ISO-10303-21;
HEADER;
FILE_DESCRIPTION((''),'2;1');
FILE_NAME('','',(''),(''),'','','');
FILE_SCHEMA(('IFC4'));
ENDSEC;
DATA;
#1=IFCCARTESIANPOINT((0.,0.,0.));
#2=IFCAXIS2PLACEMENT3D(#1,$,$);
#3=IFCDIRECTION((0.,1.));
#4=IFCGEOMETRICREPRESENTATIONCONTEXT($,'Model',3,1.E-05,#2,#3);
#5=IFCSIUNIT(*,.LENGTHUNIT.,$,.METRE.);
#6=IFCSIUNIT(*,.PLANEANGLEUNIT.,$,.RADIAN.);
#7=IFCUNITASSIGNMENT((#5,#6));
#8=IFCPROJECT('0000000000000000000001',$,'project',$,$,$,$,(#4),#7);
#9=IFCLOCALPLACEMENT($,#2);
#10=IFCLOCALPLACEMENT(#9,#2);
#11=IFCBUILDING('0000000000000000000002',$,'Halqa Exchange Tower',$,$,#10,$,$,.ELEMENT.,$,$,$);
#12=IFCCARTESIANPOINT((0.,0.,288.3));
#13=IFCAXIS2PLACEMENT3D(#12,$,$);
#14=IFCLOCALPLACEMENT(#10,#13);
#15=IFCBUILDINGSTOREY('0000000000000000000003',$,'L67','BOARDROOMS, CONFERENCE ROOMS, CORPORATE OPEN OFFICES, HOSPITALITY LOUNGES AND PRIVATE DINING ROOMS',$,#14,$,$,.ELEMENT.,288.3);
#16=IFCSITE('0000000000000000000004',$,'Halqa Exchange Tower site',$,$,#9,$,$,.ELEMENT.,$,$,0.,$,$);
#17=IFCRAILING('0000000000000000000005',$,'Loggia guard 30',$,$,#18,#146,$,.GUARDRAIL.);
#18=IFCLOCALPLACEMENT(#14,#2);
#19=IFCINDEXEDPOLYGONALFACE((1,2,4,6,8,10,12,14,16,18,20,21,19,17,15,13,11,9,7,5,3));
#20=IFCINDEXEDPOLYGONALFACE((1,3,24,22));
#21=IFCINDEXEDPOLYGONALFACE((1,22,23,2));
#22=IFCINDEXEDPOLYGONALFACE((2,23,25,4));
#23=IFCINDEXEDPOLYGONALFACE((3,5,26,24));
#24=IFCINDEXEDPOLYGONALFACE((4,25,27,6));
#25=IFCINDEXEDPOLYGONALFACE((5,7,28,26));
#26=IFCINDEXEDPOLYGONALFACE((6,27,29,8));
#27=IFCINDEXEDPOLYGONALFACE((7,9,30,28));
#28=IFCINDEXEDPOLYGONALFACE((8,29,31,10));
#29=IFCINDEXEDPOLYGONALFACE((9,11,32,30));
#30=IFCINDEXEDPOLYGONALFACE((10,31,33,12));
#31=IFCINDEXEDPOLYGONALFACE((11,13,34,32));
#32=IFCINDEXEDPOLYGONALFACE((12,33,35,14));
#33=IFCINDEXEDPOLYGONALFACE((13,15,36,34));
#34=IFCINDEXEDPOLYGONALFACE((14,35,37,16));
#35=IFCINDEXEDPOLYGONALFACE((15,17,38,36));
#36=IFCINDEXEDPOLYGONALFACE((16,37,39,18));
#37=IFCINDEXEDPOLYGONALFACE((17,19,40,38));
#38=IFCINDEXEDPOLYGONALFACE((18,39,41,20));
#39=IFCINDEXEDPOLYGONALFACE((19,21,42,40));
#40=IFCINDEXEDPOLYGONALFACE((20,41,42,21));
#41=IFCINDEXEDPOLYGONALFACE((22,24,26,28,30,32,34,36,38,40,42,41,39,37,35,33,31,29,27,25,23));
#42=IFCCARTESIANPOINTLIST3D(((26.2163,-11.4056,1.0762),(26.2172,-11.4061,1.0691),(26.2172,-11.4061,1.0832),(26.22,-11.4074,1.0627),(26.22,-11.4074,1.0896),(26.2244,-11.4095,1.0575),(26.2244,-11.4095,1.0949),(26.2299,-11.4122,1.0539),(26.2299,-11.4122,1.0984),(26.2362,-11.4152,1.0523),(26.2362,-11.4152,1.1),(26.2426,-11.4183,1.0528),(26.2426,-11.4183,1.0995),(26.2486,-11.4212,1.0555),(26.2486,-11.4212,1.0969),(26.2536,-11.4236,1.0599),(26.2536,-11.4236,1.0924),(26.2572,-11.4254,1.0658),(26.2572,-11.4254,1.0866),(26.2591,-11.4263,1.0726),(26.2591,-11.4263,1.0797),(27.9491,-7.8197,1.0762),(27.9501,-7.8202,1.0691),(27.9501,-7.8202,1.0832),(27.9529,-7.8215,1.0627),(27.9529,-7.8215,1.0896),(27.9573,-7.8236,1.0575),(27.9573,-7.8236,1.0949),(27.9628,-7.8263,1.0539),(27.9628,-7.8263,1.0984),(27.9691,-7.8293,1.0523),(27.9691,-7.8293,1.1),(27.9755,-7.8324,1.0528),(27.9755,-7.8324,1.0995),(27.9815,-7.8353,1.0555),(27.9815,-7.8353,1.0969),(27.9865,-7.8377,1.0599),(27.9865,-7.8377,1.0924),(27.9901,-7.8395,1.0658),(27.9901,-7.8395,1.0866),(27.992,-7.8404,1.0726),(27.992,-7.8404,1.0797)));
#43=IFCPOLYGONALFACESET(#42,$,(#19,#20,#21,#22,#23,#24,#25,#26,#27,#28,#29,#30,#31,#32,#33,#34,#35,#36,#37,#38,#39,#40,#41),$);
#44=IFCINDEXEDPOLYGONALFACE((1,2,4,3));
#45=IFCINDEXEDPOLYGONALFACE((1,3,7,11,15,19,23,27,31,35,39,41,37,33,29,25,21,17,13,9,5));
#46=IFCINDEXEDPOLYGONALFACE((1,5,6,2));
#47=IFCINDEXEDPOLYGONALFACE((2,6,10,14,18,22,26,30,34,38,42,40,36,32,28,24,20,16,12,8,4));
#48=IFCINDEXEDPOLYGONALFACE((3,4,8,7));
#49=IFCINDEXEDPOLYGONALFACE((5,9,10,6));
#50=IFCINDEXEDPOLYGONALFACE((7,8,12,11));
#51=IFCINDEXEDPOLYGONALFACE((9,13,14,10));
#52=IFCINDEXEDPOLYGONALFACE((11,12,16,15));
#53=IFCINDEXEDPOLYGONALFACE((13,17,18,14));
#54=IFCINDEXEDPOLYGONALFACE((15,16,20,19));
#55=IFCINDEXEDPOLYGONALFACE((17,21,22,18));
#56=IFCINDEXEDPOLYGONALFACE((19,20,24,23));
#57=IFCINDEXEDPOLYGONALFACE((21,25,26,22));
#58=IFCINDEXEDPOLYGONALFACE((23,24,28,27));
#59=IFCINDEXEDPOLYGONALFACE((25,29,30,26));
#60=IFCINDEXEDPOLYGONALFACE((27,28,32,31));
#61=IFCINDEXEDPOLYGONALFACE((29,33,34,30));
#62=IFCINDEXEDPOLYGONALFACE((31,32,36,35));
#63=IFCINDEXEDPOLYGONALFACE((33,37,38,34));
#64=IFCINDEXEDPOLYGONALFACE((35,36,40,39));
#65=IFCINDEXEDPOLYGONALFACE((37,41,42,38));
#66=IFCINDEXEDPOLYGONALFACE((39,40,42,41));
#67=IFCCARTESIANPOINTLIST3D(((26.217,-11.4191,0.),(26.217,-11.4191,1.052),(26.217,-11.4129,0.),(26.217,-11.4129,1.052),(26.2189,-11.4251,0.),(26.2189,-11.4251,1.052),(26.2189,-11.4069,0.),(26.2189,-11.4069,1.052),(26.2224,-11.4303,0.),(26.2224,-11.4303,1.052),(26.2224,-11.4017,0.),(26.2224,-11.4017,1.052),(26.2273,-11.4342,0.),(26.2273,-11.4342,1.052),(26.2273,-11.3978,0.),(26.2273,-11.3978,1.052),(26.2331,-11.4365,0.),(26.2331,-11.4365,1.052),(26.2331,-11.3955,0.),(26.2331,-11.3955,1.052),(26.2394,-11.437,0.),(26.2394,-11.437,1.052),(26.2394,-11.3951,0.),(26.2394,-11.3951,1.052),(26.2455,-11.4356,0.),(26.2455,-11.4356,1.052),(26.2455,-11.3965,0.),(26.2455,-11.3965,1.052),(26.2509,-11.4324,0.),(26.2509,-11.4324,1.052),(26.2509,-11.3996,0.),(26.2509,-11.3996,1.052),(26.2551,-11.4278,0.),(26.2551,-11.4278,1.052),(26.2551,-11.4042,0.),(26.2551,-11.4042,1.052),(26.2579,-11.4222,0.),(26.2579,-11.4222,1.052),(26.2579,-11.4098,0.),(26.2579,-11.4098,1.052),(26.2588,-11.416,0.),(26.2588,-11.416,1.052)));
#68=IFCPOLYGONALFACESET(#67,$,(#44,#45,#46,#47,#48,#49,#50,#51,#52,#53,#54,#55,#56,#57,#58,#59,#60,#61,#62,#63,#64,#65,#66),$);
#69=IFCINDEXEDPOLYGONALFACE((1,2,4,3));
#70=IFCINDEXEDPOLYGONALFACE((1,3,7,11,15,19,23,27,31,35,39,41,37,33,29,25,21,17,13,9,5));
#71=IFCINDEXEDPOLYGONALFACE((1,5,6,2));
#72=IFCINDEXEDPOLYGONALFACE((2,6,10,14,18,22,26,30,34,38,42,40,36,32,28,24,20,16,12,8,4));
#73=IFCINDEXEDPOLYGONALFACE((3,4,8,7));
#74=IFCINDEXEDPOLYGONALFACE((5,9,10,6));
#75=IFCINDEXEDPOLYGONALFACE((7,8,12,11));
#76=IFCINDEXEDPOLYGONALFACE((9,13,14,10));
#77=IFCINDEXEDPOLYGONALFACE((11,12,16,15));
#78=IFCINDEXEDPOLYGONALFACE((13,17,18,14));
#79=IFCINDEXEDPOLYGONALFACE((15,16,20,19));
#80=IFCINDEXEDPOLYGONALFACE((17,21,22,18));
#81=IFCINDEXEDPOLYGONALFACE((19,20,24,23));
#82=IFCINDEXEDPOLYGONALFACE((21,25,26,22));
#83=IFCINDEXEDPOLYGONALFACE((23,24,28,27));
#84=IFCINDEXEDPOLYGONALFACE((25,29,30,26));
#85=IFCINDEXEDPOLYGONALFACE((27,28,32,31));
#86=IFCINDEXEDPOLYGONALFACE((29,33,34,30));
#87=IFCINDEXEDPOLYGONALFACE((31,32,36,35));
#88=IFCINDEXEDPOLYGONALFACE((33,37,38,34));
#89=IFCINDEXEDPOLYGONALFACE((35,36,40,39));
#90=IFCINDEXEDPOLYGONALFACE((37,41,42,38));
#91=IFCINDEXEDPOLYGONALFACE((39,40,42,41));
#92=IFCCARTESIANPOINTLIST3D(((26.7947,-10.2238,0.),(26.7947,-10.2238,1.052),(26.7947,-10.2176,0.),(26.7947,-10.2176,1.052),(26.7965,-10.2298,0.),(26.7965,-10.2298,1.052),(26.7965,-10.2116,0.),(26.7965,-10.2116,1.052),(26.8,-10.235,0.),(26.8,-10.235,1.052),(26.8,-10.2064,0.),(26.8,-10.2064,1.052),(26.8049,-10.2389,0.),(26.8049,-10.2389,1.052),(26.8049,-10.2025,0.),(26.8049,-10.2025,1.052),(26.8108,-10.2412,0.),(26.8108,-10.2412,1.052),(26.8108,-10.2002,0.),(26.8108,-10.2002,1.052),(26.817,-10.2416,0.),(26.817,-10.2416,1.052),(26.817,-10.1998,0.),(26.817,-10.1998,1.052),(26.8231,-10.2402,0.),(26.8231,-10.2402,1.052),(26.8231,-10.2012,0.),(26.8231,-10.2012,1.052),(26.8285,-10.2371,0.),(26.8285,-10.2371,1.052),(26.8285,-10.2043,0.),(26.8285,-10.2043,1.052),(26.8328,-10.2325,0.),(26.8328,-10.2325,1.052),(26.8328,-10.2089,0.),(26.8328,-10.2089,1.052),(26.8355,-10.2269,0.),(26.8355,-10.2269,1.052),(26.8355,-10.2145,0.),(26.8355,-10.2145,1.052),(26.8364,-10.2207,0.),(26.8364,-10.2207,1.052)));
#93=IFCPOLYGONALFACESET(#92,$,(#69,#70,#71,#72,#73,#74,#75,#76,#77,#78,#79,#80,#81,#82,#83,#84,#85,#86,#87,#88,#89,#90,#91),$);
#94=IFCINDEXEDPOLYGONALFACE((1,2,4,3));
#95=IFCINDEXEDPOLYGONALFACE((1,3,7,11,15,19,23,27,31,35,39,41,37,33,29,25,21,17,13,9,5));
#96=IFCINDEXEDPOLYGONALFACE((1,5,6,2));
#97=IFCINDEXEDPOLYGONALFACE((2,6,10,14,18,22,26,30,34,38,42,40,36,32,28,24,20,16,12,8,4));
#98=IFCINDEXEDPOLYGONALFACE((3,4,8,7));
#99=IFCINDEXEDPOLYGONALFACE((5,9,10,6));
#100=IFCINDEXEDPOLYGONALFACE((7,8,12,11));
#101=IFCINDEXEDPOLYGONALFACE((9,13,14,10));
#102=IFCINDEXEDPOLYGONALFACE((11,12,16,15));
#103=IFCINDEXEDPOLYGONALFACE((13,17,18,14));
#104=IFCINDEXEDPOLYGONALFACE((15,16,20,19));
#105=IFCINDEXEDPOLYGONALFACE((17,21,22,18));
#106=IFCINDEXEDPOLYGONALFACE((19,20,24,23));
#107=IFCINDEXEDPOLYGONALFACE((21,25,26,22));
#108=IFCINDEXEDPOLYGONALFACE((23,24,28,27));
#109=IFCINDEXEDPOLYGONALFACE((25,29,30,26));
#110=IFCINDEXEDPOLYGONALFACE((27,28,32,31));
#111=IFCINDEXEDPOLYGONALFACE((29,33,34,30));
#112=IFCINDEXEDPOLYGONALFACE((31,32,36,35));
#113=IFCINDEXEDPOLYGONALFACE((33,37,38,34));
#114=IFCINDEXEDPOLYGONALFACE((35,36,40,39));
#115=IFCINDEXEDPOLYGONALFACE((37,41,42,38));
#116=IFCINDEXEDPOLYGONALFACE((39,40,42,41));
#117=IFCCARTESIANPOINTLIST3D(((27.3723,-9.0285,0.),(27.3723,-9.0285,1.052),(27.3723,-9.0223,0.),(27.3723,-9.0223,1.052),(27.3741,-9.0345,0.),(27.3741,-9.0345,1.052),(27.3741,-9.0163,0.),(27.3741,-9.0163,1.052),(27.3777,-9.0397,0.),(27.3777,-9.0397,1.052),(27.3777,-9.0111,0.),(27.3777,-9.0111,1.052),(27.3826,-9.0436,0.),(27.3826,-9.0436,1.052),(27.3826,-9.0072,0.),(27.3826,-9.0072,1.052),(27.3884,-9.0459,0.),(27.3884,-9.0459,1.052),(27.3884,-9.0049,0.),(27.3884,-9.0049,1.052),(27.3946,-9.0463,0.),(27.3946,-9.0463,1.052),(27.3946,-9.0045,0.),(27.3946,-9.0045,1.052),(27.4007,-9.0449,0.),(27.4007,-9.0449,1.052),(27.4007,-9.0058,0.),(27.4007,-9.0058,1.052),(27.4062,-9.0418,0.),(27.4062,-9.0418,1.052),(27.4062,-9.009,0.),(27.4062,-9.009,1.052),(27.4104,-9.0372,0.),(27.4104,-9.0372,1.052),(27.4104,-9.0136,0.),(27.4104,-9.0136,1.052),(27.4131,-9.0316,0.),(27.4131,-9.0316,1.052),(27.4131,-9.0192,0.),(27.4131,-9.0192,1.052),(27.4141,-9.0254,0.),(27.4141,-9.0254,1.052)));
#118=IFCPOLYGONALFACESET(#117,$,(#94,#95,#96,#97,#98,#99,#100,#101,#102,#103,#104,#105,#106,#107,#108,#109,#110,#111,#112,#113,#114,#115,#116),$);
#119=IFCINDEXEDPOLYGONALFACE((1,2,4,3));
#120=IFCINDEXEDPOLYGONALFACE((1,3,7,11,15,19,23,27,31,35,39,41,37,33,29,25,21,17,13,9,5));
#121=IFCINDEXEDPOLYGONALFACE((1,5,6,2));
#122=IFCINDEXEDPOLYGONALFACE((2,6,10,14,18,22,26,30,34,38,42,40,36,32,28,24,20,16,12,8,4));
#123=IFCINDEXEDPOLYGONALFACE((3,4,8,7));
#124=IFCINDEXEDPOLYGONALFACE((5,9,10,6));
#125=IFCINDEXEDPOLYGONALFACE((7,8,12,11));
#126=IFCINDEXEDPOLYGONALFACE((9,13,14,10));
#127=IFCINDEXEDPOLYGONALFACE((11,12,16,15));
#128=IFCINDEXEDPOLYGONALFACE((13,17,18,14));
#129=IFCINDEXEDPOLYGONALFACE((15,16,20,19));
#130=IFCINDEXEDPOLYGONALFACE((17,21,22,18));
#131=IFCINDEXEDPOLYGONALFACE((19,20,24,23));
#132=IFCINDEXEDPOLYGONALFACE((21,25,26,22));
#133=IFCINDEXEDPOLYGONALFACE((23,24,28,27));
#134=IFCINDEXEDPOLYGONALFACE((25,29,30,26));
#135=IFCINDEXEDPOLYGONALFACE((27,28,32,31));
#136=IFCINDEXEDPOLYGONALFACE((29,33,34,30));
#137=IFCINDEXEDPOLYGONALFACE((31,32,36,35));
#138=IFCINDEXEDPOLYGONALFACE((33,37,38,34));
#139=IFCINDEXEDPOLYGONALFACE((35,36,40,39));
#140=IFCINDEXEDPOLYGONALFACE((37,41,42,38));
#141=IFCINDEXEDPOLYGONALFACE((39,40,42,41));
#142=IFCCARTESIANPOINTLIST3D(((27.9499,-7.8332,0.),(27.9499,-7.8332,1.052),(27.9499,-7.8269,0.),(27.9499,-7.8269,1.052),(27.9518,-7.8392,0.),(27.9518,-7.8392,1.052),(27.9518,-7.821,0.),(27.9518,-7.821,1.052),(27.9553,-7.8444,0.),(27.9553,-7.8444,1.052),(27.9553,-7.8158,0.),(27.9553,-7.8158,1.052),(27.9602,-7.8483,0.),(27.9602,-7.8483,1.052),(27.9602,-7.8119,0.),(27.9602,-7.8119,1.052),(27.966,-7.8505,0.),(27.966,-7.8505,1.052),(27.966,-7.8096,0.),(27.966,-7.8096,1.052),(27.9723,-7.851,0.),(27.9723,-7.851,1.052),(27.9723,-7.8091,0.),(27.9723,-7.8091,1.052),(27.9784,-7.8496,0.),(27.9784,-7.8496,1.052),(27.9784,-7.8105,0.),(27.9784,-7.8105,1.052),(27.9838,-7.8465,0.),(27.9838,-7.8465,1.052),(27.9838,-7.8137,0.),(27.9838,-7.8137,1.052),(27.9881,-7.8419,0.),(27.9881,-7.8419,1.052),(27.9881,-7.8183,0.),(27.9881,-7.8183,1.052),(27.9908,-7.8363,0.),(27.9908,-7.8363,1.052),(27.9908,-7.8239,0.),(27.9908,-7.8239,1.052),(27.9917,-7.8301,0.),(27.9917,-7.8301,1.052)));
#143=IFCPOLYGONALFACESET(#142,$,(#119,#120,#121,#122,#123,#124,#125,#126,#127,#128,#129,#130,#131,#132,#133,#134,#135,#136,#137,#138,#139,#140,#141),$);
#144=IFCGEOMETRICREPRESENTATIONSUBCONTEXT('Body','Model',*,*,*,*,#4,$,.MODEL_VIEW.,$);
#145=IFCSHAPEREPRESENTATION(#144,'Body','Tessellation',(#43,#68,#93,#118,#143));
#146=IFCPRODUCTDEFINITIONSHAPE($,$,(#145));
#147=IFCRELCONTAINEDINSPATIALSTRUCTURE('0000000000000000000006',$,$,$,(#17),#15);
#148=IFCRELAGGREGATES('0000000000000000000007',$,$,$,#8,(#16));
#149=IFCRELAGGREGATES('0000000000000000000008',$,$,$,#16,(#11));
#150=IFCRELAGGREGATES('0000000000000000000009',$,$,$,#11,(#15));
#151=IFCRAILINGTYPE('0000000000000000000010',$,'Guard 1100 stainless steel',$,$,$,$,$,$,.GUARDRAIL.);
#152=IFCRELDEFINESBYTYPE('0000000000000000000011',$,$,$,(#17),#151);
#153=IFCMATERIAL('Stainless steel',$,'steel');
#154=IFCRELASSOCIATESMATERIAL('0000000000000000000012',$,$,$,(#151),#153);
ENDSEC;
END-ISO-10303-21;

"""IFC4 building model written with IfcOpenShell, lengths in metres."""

from ifc_helpers import new_model, si_unit, direction, frame, origin, origin_2d, place, context, subcontext, project, spatial, circle, extrude, material, type_object, element, save


model = new_model("IFC4")

# Units and contexts
model_context = context("Model", 3, precision=1e-05, world=origin(), true_north=direction((0.0, 1.0)))
body_context = subcontext(model_context, "Body", "Model", "MODEL_VIEW")
ifc_project = project(units=[si_unit("LENGTHUNIT", "METRE"), si_unit("PLANEANGLEUNIT", "RADIAN")], contexts=[model_context])

# Site, building, storey
site_placement = place(None, origin())
site = spatial("IfcSite", under=ifc_project, at=site_placement, Name="Halqa Exchange Tower site", CompositionType="ELEMENT", RefElevation=0.0)
building_placement = place(site_placement, origin())
building = spatial("IfcBuilding", under=site, at=building_placement, Name="Halqa Exchange Tower", CompositionType="ELEMENT")
storey_placement = place(building_placement, frame((0.0, 0.0, 288.3)))
storey = spatial("IfcBuildingStorey", under=building, at=storey_placement, Name="L67", Description="BOARDROOMS, CONFERENCE ROOMS, CORPORATE OPEN OFFICES, HOSPITALITY LOUNGES AND PRIVATE DINING ROOMS", CompositionType="ELEMENT", Elevation=288.3)

# Railing
ifc_material_1 = material(Name="Stainless steel", Category="steel")
railing_type = type_object("IfcRailingType", Name="Guard 1100 stainless steel", PredefinedType="GUARDRAIL", material=ifc_material_1)
railing_1_placement = place(storey_placement, frame((26.2378, -11.416, 0.0)))
element("IfcRailing", 1, at=railing_1_placement, inside=storey, type_object=railing_type, Name="Loggia guard 30", PredefinedType="GUARDRAIL", context=body_context, shape_type="SweptSolid", body=[
    extrude(circle(Radius=0.0239, at=origin_2d()), frame((0.0, 0.0, 1.0762), z_axis=(0.435109, 0.900378, 0.0), x_axis=(-0.900378, 0.435109, 0.0)), (0.0, 0.0, 1.0), 3.9827),
    extrude(circle(Radius=0.021, at=origin_2d()), origin(), (0.0, 0.0, 1.0), 1.052),
    extrude(circle(Radius=0.021, at=origin_2d()), frame((0.5776, 1.1953, 0.0)), (0.0, 0.0, 1.0), 1.052),
    extrude(circle(Radius=0.021, at=origin_2d()), frame((1.1553, 2.3906, 0.0)), (0.0, 0.0, 1.0), 1.052),
    extrude(circle(Radius=0.021, at=origin_2d()), frame((1.7329, 3.5859, 0.0)), (0.0, 0.0, 1.0), 1.052),
])

save(model, "model.ifc")
